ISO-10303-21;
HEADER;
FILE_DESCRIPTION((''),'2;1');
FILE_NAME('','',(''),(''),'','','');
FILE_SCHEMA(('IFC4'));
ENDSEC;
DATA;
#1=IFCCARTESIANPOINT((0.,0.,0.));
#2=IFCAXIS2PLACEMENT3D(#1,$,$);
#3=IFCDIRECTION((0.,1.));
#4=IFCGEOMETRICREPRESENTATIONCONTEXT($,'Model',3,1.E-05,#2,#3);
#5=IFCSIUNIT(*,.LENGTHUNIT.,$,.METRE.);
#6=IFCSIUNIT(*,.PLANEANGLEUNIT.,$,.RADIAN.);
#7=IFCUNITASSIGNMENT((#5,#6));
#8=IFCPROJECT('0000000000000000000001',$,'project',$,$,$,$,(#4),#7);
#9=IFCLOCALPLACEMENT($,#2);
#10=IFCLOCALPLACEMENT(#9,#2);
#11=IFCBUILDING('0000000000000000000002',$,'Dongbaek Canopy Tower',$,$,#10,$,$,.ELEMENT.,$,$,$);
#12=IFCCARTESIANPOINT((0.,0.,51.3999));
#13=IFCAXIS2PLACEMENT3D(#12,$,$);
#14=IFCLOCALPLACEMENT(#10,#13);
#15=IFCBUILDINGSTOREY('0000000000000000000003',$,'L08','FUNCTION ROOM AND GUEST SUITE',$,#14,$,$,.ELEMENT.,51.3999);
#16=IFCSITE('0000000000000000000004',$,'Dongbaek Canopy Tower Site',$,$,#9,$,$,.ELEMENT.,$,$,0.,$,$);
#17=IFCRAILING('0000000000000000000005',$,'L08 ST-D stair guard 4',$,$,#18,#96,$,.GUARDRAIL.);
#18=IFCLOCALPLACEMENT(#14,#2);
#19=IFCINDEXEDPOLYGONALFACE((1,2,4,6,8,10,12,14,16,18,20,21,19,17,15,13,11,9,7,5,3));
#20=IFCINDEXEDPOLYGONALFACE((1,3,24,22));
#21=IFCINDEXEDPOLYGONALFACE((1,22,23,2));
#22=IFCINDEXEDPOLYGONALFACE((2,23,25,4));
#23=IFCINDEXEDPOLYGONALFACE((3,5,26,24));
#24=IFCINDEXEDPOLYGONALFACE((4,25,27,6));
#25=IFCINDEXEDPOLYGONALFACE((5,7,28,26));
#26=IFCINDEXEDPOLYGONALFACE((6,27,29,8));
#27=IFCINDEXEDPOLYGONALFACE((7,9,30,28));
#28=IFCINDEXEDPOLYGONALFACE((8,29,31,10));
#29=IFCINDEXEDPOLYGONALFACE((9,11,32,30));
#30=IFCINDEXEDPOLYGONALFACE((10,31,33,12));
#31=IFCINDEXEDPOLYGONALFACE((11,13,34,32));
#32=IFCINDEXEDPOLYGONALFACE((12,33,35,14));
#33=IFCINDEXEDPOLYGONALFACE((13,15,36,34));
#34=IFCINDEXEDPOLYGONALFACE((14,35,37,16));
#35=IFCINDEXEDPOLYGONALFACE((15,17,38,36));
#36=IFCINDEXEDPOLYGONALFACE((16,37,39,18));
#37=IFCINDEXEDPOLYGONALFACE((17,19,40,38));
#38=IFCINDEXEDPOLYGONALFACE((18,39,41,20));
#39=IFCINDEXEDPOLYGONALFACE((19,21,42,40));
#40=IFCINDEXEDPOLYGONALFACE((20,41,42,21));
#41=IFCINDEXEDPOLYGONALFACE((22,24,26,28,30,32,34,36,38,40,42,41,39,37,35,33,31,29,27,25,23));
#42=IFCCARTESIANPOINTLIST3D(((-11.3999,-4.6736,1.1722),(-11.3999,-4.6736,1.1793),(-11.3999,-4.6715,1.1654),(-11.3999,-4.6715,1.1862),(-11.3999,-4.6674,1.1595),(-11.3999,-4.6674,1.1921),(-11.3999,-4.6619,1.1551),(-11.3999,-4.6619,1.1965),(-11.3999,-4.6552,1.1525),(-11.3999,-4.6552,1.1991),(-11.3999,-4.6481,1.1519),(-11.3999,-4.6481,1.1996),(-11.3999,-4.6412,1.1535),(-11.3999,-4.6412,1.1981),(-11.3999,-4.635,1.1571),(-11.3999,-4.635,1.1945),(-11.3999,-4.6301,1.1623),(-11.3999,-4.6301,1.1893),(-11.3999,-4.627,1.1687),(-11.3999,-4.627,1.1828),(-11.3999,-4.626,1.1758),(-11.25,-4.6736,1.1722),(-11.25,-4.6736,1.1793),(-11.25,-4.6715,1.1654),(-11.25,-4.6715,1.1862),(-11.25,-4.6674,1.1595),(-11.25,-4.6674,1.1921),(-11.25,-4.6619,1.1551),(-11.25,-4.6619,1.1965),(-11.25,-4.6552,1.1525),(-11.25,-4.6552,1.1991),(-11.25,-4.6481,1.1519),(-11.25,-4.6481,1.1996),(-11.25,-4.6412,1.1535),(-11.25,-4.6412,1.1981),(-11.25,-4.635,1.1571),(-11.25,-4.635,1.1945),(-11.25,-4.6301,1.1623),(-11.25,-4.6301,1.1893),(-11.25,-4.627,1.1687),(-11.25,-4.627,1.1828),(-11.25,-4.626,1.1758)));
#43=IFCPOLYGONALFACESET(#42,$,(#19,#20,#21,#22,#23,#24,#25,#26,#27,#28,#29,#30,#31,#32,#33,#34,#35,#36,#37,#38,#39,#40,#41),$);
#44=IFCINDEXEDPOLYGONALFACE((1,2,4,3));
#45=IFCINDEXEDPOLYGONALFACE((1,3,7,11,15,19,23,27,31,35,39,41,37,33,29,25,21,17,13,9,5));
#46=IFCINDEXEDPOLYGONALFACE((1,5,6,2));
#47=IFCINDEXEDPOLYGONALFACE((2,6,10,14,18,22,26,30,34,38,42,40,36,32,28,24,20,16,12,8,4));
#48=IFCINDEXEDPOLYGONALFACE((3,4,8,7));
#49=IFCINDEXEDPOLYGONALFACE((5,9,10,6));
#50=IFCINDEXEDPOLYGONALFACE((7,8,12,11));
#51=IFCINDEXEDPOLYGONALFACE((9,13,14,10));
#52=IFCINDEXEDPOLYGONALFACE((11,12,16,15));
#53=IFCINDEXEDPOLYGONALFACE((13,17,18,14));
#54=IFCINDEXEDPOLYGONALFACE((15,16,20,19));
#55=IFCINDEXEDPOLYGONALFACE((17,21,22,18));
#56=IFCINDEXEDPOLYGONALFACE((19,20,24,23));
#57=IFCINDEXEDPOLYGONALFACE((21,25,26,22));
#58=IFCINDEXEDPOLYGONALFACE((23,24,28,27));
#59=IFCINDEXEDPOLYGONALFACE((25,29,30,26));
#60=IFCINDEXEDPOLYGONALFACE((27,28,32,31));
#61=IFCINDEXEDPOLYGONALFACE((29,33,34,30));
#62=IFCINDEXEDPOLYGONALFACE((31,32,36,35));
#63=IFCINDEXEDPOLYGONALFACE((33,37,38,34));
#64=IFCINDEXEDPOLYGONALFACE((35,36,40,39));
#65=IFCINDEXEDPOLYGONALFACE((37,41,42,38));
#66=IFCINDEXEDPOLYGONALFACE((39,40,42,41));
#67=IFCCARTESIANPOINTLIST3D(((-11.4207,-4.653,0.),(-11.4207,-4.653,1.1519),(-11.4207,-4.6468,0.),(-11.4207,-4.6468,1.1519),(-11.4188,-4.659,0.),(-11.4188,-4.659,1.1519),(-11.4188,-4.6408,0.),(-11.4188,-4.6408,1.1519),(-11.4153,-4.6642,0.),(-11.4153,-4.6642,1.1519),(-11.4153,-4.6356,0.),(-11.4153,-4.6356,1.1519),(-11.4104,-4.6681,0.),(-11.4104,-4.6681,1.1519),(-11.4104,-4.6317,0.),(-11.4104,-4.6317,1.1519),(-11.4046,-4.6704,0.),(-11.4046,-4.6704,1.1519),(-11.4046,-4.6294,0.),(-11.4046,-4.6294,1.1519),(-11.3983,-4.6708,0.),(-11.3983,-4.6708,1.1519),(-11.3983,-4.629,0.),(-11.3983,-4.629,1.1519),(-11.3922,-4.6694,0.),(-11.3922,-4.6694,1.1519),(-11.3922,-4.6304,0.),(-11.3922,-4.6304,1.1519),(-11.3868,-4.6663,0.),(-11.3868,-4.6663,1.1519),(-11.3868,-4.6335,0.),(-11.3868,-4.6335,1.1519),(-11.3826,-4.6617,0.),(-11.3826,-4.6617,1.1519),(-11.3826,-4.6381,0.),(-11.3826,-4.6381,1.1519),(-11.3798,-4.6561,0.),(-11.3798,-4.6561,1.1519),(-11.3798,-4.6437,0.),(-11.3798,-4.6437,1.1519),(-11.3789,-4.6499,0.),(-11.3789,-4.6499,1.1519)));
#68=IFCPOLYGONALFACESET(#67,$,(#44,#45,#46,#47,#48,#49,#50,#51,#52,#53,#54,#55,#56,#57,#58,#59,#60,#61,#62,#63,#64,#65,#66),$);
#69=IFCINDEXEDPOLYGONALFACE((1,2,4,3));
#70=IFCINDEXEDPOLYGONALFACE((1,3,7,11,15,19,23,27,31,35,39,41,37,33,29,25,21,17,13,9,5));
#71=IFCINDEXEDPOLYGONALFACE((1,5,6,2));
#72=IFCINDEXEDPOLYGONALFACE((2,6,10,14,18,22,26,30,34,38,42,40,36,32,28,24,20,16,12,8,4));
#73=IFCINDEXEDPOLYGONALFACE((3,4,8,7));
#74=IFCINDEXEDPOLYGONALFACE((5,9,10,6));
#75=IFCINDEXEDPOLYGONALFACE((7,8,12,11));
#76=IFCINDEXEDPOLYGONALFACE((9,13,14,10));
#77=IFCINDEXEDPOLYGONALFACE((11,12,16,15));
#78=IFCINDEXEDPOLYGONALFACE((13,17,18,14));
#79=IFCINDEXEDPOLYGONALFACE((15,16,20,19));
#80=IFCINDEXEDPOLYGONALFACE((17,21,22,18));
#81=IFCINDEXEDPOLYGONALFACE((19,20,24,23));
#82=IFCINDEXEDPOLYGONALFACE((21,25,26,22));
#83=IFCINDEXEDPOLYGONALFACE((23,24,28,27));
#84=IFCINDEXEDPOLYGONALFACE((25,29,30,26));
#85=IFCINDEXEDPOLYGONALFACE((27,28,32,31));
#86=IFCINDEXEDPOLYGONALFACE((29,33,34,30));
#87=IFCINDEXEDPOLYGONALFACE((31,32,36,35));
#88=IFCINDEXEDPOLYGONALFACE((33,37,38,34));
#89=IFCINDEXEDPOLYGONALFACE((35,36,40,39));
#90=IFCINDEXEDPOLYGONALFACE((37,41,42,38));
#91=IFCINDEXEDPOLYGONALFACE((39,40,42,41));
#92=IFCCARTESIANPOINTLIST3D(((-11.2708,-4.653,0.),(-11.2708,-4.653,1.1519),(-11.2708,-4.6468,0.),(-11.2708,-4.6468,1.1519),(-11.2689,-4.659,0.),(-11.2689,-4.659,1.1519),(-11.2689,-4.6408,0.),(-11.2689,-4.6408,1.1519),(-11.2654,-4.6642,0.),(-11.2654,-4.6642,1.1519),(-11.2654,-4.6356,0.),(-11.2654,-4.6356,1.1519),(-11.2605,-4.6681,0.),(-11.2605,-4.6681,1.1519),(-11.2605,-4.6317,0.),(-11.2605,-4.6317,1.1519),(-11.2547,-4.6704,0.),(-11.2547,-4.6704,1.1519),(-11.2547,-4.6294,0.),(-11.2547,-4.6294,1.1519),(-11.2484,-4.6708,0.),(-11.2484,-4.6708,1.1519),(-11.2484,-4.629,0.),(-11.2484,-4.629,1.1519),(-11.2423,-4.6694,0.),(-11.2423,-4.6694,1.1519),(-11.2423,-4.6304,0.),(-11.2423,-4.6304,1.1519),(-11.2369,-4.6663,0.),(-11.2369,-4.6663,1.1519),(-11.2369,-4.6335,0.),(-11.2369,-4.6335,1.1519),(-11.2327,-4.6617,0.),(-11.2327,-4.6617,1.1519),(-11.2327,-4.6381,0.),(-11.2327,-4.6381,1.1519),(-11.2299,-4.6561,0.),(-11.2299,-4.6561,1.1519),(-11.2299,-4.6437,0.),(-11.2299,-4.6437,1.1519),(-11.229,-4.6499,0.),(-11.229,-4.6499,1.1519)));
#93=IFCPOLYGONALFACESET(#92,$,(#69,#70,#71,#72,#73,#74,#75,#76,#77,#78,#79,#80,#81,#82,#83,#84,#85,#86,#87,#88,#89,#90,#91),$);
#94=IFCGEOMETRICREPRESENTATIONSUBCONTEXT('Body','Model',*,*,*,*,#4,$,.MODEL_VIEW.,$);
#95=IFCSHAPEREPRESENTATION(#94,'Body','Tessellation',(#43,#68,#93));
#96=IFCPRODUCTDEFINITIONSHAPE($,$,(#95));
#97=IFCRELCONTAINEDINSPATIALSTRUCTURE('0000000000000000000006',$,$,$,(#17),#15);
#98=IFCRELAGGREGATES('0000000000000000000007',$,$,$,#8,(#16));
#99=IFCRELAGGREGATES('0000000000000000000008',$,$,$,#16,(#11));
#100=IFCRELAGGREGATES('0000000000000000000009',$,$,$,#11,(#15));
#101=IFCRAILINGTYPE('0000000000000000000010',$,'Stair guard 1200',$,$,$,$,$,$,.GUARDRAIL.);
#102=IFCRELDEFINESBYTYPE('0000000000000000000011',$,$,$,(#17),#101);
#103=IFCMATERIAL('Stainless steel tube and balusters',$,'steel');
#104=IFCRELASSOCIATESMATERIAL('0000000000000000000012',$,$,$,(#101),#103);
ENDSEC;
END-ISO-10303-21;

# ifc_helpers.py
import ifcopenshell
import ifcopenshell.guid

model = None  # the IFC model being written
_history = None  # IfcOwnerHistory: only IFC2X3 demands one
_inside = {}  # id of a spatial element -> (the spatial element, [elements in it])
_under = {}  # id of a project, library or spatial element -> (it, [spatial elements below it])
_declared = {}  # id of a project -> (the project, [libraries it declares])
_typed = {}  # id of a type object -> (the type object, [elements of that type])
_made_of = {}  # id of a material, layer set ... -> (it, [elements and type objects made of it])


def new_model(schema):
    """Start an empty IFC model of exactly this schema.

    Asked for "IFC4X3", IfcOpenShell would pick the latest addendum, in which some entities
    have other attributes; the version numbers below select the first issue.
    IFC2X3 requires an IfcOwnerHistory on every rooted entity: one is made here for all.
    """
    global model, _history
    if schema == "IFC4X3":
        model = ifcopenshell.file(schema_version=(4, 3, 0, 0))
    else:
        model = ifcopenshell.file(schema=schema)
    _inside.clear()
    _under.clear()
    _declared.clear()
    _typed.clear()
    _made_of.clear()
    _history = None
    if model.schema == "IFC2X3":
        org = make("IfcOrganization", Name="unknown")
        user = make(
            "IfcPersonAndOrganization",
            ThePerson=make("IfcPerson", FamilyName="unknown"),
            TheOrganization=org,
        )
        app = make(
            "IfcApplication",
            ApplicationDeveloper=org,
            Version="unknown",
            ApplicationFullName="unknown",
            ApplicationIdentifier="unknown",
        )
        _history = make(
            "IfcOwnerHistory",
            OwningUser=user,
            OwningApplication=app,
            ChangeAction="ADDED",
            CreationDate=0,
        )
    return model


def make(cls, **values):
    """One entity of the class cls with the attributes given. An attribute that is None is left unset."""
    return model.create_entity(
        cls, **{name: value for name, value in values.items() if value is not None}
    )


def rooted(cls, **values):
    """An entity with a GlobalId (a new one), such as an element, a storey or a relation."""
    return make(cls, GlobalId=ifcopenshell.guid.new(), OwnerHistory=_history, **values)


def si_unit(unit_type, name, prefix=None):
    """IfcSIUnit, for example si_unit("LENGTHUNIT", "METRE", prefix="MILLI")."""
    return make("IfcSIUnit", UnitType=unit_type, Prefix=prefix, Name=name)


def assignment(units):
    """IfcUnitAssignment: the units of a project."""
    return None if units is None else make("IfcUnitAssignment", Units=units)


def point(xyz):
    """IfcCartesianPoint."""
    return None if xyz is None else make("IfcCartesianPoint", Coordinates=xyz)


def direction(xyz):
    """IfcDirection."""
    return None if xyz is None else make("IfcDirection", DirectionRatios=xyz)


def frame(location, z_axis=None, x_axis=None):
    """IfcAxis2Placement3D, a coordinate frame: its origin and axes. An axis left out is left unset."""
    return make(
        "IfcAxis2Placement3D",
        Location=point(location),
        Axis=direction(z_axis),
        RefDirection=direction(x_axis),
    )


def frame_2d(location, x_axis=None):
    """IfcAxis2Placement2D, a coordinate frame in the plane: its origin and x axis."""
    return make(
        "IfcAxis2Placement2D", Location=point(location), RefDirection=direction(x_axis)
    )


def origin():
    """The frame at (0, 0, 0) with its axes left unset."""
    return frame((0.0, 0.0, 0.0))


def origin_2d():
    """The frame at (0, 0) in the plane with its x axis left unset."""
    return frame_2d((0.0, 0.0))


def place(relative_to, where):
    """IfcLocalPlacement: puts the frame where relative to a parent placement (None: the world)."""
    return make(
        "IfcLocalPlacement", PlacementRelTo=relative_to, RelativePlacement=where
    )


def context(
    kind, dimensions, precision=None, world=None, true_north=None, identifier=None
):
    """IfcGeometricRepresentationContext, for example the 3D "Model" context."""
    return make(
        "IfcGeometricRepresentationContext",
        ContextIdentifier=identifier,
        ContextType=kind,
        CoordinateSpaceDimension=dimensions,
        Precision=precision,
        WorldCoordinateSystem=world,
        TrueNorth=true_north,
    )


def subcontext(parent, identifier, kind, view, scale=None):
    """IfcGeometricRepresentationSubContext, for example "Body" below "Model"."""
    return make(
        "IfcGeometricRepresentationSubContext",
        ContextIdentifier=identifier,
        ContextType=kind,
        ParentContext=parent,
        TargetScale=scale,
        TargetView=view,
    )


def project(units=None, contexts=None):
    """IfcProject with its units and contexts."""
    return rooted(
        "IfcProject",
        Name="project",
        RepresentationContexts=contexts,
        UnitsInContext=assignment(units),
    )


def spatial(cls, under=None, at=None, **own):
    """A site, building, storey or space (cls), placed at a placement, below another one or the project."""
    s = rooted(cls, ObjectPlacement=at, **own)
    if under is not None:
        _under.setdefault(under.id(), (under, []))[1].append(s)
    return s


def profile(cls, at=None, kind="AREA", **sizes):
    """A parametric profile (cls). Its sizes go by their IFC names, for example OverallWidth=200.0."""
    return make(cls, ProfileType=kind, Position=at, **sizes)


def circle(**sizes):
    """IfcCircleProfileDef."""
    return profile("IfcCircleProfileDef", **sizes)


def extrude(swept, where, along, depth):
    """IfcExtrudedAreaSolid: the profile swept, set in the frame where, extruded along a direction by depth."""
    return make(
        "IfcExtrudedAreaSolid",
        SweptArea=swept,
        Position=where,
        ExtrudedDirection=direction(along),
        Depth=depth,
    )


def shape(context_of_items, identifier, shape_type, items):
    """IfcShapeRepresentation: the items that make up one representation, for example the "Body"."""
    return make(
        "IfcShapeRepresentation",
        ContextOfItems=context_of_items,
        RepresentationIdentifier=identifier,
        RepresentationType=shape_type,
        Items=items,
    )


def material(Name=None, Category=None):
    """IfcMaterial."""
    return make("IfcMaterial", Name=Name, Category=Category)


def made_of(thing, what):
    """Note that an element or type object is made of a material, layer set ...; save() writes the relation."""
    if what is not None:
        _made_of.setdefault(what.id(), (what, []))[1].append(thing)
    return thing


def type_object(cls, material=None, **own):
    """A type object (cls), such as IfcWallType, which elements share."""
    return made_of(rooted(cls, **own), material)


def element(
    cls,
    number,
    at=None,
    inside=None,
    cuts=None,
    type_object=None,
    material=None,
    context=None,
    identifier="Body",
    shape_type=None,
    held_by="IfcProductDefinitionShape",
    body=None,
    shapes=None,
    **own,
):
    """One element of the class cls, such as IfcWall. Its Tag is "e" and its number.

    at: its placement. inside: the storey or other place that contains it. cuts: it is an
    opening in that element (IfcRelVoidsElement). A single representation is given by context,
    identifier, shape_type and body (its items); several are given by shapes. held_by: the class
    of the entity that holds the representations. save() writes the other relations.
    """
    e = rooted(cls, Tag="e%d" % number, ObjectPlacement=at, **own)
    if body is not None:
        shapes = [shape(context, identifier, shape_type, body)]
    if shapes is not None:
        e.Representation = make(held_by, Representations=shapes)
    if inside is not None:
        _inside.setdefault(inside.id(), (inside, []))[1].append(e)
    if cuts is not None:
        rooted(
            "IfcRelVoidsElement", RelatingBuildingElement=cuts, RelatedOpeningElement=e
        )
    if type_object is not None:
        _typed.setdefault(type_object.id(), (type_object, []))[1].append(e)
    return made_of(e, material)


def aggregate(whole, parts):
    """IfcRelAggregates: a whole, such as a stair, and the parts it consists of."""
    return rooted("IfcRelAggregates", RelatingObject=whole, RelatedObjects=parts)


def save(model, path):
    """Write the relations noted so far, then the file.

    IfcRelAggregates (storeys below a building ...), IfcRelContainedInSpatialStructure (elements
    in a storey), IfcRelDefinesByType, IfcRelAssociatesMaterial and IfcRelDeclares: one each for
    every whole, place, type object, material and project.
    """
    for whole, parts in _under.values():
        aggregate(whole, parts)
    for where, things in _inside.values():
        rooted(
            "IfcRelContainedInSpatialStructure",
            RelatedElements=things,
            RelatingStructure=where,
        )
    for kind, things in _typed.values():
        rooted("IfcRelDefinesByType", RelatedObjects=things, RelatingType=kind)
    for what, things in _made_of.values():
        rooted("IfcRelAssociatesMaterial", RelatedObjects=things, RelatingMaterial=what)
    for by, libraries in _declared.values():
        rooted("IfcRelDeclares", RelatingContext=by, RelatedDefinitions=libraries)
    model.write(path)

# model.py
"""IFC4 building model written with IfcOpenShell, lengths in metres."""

from ifc_helpers import new_model, si_unit, direction, frame, origin, origin_2d, place, context, subcontext, project, spatial, circle, extrude, material, type_object, element, save


model = new_model("IFC4")

# Units and contexts
model_context = context("Model", 3, precision=1e-05, world=origin(), true_north=direction((0.0, 1.0)))
body_context = subcontext(model_context, "Body", "Model", "MODEL_VIEW")
ifc_project = project(units=[si_unit("LENGTHUNIT", "METRE"), si_unit("PLANEANGLEUNIT", "RADIAN")], contexts=[model_context])

# Site, building, storey
site_placement = place(None, origin())
site = spatial("IfcSite", under=ifc_project, at=site_placement, Name="Dongbaek Canopy Tower Site", CompositionType="ELEMENT", RefElevation=0.0)
building_placement = place(site_placement, origin())
building = spatial("IfcBuilding", under=site, at=building_placement, Name="Dongbaek Canopy Tower", CompositionType="ELEMENT")
storey_placement = place(building_placement, frame((0.0, 0.0, 51.3999)))
storey = spatial("IfcBuildingStorey", under=building, at=storey_placement, Name="L08", Description="FUNCTION ROOM AND GUEST SUITE", CompositionType="ELEMENT", Elevation=51.3999)

# Railing
ifc_material_1 = material(Name="Stainless steel tube and balusters", Category="steel")
railing_type_1 = type_object("IfcRailingType", Name="Stair guard 1200", PredefinedType="GUARDRAIL", material=ifc_material_1)
railing_1_placement = place(storey_placement, frame((-11.3999, -4.6499, 0.0)))
element("IfcRailing", 1, at=railing_1_placement, inside=storey, type_object=railing_type_1, Name="L08 ST-D stair guard 4", PredefinedType="GUARDRAIL", context=body_context, shape_type="SweptSolid", body=[
    extrude(circle(Radius=0.0239, at=origin_2d()), frame((0.0, 0.0, 1.1758), z_axis=(1.0, 0.0, 0.0), x_axis=(0.0, 1.0, 0.0)), (0.0, 0.0, 1.0), 0.1499),
    extrude(circle(Radius=0.021, at=origin_2d()), origin(), (0.0, 0.0, 1.0), 1.1519),
    extrude(circle(Radius=0.021, at=origin_2d()), frame((0.1499, 0.0, 0.0)), (0.0, 0.0, 1.0), 1.1519),
])

save(model, "model.ifc")
